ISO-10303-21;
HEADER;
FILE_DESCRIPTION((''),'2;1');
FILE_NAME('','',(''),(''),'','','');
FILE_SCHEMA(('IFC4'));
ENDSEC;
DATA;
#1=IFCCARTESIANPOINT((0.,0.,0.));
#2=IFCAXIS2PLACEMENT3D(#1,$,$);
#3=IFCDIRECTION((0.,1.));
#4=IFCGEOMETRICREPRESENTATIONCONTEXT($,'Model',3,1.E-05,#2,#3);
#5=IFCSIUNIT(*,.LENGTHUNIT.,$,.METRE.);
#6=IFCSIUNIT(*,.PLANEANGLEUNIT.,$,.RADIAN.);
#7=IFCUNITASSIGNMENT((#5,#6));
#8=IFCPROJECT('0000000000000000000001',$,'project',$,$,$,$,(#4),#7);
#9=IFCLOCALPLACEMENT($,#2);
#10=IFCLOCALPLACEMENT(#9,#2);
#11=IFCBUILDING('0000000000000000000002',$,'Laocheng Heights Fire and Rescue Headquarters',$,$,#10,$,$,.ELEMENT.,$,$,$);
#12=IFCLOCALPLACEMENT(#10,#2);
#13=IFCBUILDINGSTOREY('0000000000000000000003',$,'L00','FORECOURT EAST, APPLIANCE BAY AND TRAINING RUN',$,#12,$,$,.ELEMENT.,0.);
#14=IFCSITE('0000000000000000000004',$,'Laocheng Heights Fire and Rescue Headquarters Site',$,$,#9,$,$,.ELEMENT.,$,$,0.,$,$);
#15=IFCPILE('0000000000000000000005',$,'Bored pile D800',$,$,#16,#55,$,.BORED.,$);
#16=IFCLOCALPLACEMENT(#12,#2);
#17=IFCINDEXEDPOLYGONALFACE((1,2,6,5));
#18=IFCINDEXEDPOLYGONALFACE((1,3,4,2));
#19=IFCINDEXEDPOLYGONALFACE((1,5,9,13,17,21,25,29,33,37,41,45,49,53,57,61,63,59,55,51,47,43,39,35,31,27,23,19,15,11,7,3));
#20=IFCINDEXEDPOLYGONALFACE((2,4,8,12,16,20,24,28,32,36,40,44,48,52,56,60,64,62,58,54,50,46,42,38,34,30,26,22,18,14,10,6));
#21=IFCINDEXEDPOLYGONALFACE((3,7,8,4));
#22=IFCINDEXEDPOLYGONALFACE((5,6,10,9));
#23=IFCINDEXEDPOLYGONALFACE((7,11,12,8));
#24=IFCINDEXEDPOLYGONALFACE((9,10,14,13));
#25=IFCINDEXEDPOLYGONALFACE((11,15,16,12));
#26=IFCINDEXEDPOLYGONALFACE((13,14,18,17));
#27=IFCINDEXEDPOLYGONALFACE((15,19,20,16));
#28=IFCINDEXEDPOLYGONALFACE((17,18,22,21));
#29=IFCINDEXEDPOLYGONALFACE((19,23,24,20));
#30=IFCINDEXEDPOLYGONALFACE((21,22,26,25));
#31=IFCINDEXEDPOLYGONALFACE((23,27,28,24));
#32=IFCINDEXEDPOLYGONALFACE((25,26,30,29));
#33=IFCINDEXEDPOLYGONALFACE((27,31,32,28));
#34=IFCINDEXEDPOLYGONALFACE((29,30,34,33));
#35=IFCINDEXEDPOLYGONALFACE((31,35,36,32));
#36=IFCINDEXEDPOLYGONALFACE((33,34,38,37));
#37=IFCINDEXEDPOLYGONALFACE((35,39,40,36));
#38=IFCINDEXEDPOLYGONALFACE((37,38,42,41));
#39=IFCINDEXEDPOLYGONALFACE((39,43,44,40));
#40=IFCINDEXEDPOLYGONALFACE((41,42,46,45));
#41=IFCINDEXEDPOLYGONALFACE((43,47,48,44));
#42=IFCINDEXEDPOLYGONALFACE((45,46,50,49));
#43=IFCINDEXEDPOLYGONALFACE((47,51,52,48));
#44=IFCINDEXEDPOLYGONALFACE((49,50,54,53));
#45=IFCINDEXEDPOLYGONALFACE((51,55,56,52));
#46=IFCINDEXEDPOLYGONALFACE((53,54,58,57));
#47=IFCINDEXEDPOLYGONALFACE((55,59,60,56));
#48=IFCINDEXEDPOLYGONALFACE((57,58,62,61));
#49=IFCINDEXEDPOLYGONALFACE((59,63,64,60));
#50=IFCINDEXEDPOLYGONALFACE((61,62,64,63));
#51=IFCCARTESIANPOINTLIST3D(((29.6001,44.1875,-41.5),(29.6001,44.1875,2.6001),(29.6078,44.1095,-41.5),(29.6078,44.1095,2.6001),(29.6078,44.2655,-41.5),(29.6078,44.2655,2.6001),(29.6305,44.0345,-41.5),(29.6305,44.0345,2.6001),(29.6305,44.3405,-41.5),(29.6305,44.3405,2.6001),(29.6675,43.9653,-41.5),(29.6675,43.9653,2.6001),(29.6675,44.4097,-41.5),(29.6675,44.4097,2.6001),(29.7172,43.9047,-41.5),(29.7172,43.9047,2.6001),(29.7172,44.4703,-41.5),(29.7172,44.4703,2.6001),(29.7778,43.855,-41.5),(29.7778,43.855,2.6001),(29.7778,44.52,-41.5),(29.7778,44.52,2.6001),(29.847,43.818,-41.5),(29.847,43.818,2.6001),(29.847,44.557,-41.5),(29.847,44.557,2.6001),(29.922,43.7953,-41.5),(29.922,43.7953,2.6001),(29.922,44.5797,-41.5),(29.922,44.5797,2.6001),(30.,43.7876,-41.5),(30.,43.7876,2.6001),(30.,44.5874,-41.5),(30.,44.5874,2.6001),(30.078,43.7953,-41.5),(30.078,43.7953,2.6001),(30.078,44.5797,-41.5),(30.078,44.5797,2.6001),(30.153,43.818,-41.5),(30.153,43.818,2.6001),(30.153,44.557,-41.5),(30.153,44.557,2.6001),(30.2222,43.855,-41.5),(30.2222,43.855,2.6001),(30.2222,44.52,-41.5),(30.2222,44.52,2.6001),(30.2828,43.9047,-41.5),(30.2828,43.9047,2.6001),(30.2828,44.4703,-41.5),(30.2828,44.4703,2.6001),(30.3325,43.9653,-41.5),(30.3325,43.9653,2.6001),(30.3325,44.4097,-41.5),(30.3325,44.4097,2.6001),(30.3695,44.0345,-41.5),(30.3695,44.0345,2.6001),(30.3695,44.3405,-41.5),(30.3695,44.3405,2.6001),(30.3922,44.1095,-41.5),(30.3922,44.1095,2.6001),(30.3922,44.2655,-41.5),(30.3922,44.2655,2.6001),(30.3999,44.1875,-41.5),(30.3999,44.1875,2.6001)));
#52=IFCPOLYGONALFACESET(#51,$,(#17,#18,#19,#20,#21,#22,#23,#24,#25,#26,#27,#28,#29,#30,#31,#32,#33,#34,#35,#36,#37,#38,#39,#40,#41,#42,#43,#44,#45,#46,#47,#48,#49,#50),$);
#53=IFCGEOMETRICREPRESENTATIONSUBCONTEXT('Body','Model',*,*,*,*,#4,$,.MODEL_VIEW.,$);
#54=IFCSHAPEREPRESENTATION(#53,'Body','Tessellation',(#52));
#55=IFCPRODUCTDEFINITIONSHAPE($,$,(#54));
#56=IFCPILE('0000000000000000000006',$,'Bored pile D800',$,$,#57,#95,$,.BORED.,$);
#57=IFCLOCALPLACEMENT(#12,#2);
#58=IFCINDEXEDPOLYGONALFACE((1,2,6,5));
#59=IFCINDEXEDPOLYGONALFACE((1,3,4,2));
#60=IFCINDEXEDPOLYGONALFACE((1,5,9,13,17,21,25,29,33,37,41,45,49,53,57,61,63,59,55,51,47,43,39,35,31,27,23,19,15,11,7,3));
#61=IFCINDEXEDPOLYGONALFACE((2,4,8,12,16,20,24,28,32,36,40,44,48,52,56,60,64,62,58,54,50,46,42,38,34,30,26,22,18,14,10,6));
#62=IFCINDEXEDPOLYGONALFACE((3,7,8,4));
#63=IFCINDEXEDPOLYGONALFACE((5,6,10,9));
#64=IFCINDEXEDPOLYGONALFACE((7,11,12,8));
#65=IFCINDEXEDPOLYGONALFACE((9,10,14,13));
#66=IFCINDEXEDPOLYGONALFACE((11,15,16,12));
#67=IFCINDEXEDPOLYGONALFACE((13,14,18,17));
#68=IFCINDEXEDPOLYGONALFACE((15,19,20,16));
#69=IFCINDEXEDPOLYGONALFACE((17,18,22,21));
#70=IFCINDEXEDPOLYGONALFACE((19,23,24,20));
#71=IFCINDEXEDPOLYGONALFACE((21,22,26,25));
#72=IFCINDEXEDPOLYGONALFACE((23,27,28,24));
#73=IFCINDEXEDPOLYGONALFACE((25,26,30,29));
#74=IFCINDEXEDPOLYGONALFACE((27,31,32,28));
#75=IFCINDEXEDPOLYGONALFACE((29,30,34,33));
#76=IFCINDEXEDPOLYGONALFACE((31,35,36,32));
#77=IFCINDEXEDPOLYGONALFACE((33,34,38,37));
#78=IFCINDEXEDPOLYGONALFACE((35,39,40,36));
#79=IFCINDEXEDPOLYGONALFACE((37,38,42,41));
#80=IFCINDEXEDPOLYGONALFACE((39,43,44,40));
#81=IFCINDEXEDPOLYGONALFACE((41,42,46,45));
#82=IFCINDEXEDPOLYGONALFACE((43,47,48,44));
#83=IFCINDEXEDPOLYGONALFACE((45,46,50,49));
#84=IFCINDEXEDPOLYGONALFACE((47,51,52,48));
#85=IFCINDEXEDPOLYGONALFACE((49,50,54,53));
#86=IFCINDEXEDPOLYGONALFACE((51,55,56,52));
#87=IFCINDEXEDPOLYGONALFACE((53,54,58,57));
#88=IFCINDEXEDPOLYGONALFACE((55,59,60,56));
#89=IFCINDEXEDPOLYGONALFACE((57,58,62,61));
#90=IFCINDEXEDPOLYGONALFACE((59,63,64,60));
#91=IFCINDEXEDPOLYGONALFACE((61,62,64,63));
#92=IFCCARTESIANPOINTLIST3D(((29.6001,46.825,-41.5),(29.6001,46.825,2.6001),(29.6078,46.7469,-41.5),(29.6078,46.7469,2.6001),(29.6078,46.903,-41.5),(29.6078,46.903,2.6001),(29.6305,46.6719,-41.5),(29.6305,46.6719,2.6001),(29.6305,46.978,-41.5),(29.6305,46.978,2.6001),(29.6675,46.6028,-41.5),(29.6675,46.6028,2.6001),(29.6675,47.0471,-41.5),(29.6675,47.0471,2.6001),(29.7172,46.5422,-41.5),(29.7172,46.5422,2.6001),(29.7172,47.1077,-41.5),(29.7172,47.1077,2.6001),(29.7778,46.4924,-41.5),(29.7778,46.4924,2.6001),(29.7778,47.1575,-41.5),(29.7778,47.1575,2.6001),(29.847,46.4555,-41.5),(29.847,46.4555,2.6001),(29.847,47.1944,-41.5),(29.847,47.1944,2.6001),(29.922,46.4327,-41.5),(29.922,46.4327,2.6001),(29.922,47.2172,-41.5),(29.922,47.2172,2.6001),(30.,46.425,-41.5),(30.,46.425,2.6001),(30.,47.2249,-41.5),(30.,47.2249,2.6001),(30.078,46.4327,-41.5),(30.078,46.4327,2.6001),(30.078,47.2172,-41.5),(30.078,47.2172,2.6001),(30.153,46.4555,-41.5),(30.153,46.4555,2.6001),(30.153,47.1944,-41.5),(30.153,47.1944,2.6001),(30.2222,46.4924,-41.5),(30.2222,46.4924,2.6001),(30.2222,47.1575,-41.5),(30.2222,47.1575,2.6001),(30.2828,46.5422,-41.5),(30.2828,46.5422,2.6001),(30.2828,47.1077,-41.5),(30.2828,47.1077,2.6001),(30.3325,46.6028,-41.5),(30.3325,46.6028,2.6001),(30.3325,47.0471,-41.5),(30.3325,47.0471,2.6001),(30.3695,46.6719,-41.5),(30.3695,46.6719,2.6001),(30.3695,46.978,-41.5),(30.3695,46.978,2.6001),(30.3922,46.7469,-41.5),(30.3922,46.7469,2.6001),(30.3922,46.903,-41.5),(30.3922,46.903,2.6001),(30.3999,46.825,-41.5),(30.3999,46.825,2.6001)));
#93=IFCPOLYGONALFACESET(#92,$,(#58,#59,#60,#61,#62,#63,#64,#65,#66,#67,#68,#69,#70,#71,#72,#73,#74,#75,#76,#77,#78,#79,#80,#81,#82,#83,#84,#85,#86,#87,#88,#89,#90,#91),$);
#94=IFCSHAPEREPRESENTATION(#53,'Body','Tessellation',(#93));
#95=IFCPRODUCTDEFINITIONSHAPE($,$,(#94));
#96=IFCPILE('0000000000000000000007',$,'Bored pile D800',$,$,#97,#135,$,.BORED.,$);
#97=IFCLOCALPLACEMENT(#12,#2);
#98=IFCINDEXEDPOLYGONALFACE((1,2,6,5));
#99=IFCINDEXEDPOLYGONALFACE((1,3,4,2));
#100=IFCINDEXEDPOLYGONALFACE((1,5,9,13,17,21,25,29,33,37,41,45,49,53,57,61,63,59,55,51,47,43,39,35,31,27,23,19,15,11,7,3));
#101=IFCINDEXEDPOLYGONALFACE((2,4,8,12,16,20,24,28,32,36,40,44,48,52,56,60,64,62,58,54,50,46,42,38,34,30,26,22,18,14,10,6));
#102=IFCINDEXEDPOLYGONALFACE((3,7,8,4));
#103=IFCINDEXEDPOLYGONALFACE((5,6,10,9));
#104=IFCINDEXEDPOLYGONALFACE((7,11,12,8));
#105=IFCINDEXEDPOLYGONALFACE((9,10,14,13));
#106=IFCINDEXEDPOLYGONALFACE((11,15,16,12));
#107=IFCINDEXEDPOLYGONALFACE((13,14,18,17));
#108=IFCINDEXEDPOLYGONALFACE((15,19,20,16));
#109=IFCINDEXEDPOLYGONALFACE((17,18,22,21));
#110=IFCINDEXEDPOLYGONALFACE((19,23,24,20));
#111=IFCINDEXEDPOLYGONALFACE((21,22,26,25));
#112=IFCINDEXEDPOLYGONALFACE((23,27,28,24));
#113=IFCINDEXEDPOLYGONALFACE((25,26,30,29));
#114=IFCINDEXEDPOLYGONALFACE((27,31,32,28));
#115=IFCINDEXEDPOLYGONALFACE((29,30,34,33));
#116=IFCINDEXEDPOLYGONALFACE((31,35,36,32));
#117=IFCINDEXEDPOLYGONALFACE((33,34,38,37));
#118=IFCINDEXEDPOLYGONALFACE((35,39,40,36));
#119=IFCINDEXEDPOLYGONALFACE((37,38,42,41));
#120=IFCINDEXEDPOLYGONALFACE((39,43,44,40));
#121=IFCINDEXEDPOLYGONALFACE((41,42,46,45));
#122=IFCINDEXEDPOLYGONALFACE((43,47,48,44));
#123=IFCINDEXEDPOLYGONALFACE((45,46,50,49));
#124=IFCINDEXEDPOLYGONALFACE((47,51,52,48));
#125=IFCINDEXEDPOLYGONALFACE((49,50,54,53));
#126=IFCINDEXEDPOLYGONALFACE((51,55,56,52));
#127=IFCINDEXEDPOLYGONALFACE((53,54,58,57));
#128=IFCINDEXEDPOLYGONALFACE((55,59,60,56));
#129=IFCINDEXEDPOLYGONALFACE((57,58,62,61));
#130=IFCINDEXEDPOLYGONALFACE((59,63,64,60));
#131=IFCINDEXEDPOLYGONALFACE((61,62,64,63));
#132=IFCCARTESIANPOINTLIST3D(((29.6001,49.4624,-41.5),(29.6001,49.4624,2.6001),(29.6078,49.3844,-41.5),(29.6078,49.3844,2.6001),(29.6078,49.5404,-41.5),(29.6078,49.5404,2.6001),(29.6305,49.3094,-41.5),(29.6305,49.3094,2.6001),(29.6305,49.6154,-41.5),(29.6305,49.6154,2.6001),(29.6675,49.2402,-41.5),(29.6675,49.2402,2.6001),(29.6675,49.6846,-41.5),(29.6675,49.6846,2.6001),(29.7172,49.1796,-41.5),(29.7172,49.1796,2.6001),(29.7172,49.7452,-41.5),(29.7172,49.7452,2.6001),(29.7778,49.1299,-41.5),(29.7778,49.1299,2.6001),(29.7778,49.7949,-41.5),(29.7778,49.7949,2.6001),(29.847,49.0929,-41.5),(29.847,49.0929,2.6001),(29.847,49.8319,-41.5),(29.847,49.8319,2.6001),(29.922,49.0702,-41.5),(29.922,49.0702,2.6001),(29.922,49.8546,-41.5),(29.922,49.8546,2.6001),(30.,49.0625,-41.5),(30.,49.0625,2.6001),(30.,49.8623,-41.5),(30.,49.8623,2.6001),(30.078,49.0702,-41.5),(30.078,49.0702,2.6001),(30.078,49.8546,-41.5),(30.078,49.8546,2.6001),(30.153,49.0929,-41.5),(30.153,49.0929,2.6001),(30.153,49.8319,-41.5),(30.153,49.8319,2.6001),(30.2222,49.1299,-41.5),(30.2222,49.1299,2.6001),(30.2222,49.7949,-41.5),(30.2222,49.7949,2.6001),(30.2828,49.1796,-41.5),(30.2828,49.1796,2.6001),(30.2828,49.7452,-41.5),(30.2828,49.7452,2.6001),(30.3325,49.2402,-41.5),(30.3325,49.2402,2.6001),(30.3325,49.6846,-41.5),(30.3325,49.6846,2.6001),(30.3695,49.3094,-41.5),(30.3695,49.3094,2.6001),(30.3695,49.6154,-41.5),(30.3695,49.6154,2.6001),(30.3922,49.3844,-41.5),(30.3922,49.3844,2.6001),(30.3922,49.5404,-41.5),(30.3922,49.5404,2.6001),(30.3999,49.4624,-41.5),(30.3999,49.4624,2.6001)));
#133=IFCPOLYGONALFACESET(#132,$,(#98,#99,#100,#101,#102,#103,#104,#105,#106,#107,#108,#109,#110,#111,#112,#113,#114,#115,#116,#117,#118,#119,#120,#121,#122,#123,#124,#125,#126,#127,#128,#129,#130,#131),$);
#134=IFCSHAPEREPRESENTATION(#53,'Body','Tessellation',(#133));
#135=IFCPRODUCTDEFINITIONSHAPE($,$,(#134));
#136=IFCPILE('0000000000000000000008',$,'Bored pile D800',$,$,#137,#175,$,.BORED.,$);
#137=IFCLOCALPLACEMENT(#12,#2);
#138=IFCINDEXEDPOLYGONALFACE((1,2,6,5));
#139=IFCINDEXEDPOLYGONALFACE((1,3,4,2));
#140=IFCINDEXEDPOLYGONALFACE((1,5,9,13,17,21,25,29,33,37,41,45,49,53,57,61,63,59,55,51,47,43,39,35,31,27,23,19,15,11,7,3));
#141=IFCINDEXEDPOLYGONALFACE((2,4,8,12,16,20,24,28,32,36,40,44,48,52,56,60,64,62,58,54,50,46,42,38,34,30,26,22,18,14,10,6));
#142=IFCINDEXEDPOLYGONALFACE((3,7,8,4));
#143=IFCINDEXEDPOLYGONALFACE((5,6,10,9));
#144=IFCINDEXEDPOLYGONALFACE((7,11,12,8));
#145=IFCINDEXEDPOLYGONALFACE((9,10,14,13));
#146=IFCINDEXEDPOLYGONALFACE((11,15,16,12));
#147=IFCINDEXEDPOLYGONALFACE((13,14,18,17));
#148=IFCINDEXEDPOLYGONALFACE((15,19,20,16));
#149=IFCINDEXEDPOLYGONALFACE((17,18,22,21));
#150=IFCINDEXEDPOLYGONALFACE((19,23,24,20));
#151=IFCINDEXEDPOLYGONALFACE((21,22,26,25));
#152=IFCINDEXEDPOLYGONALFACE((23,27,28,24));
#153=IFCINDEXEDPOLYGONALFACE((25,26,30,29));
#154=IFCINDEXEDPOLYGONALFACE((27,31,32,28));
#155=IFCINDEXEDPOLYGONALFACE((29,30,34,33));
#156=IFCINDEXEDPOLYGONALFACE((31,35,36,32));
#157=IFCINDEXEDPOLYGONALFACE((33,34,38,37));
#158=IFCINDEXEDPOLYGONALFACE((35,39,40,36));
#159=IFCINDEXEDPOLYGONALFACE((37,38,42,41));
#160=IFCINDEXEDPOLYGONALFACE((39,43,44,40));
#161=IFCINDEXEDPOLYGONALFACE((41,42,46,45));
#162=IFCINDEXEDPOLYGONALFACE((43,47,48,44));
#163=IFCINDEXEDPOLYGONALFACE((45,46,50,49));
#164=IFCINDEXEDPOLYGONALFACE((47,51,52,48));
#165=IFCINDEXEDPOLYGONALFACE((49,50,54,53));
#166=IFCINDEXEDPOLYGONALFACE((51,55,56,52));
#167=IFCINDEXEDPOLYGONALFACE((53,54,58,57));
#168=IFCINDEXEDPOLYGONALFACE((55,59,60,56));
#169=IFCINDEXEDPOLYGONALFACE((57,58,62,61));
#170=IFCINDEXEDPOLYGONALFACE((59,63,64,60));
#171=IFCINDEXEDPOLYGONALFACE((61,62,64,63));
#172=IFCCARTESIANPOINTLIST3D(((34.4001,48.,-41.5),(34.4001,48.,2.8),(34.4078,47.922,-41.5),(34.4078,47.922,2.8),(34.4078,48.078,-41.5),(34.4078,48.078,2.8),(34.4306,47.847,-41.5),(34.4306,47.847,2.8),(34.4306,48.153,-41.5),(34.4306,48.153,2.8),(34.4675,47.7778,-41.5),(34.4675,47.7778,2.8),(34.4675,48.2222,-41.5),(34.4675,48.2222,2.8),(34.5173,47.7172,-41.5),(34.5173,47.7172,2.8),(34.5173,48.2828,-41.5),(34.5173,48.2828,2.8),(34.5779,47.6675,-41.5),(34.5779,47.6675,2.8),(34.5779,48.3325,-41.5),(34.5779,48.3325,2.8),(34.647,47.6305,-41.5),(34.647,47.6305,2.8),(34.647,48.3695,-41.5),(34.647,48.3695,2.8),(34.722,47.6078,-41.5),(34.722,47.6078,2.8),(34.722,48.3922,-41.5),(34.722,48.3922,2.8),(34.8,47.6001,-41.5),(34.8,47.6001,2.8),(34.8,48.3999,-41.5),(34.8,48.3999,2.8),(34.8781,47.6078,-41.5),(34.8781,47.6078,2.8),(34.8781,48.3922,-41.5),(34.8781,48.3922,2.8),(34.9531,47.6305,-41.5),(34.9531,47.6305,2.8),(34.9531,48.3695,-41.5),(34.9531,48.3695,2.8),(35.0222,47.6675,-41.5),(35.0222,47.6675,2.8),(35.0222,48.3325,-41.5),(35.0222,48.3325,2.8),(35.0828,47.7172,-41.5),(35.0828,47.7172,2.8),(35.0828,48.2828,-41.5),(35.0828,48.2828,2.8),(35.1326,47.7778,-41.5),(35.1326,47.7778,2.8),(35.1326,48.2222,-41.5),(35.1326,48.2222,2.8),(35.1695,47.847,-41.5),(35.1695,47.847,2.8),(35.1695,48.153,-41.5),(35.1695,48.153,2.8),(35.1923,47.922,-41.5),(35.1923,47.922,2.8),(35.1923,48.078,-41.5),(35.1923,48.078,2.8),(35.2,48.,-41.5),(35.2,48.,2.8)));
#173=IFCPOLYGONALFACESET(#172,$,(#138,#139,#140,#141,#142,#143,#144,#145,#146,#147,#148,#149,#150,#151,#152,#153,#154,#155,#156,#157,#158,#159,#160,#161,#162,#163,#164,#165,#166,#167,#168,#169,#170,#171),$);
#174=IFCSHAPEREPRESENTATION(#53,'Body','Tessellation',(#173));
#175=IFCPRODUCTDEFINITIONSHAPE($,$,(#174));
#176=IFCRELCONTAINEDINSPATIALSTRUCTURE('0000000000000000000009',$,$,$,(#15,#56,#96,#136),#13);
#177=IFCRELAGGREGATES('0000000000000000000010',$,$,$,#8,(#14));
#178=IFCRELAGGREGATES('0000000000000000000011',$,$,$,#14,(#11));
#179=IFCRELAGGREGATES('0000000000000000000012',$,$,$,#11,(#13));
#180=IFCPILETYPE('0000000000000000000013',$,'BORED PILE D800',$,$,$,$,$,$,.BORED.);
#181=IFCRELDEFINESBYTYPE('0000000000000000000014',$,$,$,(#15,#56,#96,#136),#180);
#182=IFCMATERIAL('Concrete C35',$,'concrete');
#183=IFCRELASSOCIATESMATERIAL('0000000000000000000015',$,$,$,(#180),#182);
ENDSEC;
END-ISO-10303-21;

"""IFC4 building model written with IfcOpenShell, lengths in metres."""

from ifc_helpers import new_model, si_unit, direction, frame, origin, origin_2d, place, context, subcontext, project, spatial, circle, extrude, material, material_profile, profile_set, type_object, element, save


model = new_model("IFC4")

# Units and contexts
model_context = context("Model", 3, precision=1e-05, world=origin(), true_north=direction((0.0, 1.0)))
body_context = subcontext(model_context, "Body", "Model", "MODEL_VIEW")
ifc_project = project(units=[si_unit("LENGTHUNIT", "METRE"), si_unit("PLANEANGLEUNIT", "RADIAN")], contexts=[model_context])

# Site, building, storey
site_placement = place(None, origin())
site = spatial("IfcSite", under=ifc_project, at=site_placement, Name="Laocheng Heights Fire and Rescue Headquarters Site", CompositionType="ELEMENT", RefElevation=0.0)
building_placement = place(site_placement, origin())
building = spatial("IfcBuilding", under=site, at=building_placement, Name="Laocheng Heights Fire and Rescue Headquarters", CompositionType="ELEMENT")
storey_placement = place(building_placement, origin())
storey = spatial("IfcBuildingStorey", under=building, at=storey_placement, Name="L00", Description="FORECOURT EAST, APPLIANCE BAY AND TRAINING RUN", CompositionType="ELEMENT", Elevation=0.0)

# Piles
ifc_material_1 = material(Name="Concrete C35", Category="concrete")
ifc_material_profile_1 = material_profile(ifc_material_1, circle(Radius=0.3999, at=origin_2d()), Name="BORED PILE D800")
ifc_profile_set_1 = profile_set([ifc_material_profile_1], Name="Concrete C35")
pile_type_1 = type_object("IfcPileType", Name="BORED PILE D800", PredefinedType="BORED", material=ifc_profile_set_1)
for number, where, z_axis, x_axis, name in (
    (1, (30.0, 44.1875, 2.6001), (0.0, 0.0, -1.0), (1.0, 0.0, 0.0), "Bored pile D800"),
    (2, (30.0, 46.825, 2.6001), (0.0, 0.0, -1.0), (1.0, 0.0, 0.0), "Bored pile D800"),
    (3, (30.0, 49.4624, 2.6001), (0.0, 0.0, -1.0), (1.0, 0.0, 0.0), "Bored pile D800"),
):
    element("IfcPile", number, at=place(storey_placement, frame(where, z_axis=z_axis, x_axis=x_axis)), inside=storey, type_object=pile_type_1, Name=name, PredefinedType="BORED", context=body_context, shape_type="SweptSolid", body=[
        extrude(circle(Radius=0.3999, at=origin_2d()), origin(), (0.0, 0.0, 1.0), 44.1001),
    ])
for number, where, z_axis, x_axis, name in (
    (4, (34.8, 48.0, 2.8), (0.0, 0.0, -1.0), (1.0, 0.0, 0.0), "Bored pile D800"),
):
    element("IfcPile", number, at=place(storey_placement, frame(where, z_axis=z_axis, x_axis=x_axis)), inside=storey, type_object=pile_type_1, Name=name, PredefinedType="BORED", context=body_context, shape_type="SweptSolid", body=[
        extrude(circle(Radius=0.3999, at=origin_2d()), origin(), (0.0, 0.0, 1.0), 44.3),
    ])

save(model, "model.ifc")
